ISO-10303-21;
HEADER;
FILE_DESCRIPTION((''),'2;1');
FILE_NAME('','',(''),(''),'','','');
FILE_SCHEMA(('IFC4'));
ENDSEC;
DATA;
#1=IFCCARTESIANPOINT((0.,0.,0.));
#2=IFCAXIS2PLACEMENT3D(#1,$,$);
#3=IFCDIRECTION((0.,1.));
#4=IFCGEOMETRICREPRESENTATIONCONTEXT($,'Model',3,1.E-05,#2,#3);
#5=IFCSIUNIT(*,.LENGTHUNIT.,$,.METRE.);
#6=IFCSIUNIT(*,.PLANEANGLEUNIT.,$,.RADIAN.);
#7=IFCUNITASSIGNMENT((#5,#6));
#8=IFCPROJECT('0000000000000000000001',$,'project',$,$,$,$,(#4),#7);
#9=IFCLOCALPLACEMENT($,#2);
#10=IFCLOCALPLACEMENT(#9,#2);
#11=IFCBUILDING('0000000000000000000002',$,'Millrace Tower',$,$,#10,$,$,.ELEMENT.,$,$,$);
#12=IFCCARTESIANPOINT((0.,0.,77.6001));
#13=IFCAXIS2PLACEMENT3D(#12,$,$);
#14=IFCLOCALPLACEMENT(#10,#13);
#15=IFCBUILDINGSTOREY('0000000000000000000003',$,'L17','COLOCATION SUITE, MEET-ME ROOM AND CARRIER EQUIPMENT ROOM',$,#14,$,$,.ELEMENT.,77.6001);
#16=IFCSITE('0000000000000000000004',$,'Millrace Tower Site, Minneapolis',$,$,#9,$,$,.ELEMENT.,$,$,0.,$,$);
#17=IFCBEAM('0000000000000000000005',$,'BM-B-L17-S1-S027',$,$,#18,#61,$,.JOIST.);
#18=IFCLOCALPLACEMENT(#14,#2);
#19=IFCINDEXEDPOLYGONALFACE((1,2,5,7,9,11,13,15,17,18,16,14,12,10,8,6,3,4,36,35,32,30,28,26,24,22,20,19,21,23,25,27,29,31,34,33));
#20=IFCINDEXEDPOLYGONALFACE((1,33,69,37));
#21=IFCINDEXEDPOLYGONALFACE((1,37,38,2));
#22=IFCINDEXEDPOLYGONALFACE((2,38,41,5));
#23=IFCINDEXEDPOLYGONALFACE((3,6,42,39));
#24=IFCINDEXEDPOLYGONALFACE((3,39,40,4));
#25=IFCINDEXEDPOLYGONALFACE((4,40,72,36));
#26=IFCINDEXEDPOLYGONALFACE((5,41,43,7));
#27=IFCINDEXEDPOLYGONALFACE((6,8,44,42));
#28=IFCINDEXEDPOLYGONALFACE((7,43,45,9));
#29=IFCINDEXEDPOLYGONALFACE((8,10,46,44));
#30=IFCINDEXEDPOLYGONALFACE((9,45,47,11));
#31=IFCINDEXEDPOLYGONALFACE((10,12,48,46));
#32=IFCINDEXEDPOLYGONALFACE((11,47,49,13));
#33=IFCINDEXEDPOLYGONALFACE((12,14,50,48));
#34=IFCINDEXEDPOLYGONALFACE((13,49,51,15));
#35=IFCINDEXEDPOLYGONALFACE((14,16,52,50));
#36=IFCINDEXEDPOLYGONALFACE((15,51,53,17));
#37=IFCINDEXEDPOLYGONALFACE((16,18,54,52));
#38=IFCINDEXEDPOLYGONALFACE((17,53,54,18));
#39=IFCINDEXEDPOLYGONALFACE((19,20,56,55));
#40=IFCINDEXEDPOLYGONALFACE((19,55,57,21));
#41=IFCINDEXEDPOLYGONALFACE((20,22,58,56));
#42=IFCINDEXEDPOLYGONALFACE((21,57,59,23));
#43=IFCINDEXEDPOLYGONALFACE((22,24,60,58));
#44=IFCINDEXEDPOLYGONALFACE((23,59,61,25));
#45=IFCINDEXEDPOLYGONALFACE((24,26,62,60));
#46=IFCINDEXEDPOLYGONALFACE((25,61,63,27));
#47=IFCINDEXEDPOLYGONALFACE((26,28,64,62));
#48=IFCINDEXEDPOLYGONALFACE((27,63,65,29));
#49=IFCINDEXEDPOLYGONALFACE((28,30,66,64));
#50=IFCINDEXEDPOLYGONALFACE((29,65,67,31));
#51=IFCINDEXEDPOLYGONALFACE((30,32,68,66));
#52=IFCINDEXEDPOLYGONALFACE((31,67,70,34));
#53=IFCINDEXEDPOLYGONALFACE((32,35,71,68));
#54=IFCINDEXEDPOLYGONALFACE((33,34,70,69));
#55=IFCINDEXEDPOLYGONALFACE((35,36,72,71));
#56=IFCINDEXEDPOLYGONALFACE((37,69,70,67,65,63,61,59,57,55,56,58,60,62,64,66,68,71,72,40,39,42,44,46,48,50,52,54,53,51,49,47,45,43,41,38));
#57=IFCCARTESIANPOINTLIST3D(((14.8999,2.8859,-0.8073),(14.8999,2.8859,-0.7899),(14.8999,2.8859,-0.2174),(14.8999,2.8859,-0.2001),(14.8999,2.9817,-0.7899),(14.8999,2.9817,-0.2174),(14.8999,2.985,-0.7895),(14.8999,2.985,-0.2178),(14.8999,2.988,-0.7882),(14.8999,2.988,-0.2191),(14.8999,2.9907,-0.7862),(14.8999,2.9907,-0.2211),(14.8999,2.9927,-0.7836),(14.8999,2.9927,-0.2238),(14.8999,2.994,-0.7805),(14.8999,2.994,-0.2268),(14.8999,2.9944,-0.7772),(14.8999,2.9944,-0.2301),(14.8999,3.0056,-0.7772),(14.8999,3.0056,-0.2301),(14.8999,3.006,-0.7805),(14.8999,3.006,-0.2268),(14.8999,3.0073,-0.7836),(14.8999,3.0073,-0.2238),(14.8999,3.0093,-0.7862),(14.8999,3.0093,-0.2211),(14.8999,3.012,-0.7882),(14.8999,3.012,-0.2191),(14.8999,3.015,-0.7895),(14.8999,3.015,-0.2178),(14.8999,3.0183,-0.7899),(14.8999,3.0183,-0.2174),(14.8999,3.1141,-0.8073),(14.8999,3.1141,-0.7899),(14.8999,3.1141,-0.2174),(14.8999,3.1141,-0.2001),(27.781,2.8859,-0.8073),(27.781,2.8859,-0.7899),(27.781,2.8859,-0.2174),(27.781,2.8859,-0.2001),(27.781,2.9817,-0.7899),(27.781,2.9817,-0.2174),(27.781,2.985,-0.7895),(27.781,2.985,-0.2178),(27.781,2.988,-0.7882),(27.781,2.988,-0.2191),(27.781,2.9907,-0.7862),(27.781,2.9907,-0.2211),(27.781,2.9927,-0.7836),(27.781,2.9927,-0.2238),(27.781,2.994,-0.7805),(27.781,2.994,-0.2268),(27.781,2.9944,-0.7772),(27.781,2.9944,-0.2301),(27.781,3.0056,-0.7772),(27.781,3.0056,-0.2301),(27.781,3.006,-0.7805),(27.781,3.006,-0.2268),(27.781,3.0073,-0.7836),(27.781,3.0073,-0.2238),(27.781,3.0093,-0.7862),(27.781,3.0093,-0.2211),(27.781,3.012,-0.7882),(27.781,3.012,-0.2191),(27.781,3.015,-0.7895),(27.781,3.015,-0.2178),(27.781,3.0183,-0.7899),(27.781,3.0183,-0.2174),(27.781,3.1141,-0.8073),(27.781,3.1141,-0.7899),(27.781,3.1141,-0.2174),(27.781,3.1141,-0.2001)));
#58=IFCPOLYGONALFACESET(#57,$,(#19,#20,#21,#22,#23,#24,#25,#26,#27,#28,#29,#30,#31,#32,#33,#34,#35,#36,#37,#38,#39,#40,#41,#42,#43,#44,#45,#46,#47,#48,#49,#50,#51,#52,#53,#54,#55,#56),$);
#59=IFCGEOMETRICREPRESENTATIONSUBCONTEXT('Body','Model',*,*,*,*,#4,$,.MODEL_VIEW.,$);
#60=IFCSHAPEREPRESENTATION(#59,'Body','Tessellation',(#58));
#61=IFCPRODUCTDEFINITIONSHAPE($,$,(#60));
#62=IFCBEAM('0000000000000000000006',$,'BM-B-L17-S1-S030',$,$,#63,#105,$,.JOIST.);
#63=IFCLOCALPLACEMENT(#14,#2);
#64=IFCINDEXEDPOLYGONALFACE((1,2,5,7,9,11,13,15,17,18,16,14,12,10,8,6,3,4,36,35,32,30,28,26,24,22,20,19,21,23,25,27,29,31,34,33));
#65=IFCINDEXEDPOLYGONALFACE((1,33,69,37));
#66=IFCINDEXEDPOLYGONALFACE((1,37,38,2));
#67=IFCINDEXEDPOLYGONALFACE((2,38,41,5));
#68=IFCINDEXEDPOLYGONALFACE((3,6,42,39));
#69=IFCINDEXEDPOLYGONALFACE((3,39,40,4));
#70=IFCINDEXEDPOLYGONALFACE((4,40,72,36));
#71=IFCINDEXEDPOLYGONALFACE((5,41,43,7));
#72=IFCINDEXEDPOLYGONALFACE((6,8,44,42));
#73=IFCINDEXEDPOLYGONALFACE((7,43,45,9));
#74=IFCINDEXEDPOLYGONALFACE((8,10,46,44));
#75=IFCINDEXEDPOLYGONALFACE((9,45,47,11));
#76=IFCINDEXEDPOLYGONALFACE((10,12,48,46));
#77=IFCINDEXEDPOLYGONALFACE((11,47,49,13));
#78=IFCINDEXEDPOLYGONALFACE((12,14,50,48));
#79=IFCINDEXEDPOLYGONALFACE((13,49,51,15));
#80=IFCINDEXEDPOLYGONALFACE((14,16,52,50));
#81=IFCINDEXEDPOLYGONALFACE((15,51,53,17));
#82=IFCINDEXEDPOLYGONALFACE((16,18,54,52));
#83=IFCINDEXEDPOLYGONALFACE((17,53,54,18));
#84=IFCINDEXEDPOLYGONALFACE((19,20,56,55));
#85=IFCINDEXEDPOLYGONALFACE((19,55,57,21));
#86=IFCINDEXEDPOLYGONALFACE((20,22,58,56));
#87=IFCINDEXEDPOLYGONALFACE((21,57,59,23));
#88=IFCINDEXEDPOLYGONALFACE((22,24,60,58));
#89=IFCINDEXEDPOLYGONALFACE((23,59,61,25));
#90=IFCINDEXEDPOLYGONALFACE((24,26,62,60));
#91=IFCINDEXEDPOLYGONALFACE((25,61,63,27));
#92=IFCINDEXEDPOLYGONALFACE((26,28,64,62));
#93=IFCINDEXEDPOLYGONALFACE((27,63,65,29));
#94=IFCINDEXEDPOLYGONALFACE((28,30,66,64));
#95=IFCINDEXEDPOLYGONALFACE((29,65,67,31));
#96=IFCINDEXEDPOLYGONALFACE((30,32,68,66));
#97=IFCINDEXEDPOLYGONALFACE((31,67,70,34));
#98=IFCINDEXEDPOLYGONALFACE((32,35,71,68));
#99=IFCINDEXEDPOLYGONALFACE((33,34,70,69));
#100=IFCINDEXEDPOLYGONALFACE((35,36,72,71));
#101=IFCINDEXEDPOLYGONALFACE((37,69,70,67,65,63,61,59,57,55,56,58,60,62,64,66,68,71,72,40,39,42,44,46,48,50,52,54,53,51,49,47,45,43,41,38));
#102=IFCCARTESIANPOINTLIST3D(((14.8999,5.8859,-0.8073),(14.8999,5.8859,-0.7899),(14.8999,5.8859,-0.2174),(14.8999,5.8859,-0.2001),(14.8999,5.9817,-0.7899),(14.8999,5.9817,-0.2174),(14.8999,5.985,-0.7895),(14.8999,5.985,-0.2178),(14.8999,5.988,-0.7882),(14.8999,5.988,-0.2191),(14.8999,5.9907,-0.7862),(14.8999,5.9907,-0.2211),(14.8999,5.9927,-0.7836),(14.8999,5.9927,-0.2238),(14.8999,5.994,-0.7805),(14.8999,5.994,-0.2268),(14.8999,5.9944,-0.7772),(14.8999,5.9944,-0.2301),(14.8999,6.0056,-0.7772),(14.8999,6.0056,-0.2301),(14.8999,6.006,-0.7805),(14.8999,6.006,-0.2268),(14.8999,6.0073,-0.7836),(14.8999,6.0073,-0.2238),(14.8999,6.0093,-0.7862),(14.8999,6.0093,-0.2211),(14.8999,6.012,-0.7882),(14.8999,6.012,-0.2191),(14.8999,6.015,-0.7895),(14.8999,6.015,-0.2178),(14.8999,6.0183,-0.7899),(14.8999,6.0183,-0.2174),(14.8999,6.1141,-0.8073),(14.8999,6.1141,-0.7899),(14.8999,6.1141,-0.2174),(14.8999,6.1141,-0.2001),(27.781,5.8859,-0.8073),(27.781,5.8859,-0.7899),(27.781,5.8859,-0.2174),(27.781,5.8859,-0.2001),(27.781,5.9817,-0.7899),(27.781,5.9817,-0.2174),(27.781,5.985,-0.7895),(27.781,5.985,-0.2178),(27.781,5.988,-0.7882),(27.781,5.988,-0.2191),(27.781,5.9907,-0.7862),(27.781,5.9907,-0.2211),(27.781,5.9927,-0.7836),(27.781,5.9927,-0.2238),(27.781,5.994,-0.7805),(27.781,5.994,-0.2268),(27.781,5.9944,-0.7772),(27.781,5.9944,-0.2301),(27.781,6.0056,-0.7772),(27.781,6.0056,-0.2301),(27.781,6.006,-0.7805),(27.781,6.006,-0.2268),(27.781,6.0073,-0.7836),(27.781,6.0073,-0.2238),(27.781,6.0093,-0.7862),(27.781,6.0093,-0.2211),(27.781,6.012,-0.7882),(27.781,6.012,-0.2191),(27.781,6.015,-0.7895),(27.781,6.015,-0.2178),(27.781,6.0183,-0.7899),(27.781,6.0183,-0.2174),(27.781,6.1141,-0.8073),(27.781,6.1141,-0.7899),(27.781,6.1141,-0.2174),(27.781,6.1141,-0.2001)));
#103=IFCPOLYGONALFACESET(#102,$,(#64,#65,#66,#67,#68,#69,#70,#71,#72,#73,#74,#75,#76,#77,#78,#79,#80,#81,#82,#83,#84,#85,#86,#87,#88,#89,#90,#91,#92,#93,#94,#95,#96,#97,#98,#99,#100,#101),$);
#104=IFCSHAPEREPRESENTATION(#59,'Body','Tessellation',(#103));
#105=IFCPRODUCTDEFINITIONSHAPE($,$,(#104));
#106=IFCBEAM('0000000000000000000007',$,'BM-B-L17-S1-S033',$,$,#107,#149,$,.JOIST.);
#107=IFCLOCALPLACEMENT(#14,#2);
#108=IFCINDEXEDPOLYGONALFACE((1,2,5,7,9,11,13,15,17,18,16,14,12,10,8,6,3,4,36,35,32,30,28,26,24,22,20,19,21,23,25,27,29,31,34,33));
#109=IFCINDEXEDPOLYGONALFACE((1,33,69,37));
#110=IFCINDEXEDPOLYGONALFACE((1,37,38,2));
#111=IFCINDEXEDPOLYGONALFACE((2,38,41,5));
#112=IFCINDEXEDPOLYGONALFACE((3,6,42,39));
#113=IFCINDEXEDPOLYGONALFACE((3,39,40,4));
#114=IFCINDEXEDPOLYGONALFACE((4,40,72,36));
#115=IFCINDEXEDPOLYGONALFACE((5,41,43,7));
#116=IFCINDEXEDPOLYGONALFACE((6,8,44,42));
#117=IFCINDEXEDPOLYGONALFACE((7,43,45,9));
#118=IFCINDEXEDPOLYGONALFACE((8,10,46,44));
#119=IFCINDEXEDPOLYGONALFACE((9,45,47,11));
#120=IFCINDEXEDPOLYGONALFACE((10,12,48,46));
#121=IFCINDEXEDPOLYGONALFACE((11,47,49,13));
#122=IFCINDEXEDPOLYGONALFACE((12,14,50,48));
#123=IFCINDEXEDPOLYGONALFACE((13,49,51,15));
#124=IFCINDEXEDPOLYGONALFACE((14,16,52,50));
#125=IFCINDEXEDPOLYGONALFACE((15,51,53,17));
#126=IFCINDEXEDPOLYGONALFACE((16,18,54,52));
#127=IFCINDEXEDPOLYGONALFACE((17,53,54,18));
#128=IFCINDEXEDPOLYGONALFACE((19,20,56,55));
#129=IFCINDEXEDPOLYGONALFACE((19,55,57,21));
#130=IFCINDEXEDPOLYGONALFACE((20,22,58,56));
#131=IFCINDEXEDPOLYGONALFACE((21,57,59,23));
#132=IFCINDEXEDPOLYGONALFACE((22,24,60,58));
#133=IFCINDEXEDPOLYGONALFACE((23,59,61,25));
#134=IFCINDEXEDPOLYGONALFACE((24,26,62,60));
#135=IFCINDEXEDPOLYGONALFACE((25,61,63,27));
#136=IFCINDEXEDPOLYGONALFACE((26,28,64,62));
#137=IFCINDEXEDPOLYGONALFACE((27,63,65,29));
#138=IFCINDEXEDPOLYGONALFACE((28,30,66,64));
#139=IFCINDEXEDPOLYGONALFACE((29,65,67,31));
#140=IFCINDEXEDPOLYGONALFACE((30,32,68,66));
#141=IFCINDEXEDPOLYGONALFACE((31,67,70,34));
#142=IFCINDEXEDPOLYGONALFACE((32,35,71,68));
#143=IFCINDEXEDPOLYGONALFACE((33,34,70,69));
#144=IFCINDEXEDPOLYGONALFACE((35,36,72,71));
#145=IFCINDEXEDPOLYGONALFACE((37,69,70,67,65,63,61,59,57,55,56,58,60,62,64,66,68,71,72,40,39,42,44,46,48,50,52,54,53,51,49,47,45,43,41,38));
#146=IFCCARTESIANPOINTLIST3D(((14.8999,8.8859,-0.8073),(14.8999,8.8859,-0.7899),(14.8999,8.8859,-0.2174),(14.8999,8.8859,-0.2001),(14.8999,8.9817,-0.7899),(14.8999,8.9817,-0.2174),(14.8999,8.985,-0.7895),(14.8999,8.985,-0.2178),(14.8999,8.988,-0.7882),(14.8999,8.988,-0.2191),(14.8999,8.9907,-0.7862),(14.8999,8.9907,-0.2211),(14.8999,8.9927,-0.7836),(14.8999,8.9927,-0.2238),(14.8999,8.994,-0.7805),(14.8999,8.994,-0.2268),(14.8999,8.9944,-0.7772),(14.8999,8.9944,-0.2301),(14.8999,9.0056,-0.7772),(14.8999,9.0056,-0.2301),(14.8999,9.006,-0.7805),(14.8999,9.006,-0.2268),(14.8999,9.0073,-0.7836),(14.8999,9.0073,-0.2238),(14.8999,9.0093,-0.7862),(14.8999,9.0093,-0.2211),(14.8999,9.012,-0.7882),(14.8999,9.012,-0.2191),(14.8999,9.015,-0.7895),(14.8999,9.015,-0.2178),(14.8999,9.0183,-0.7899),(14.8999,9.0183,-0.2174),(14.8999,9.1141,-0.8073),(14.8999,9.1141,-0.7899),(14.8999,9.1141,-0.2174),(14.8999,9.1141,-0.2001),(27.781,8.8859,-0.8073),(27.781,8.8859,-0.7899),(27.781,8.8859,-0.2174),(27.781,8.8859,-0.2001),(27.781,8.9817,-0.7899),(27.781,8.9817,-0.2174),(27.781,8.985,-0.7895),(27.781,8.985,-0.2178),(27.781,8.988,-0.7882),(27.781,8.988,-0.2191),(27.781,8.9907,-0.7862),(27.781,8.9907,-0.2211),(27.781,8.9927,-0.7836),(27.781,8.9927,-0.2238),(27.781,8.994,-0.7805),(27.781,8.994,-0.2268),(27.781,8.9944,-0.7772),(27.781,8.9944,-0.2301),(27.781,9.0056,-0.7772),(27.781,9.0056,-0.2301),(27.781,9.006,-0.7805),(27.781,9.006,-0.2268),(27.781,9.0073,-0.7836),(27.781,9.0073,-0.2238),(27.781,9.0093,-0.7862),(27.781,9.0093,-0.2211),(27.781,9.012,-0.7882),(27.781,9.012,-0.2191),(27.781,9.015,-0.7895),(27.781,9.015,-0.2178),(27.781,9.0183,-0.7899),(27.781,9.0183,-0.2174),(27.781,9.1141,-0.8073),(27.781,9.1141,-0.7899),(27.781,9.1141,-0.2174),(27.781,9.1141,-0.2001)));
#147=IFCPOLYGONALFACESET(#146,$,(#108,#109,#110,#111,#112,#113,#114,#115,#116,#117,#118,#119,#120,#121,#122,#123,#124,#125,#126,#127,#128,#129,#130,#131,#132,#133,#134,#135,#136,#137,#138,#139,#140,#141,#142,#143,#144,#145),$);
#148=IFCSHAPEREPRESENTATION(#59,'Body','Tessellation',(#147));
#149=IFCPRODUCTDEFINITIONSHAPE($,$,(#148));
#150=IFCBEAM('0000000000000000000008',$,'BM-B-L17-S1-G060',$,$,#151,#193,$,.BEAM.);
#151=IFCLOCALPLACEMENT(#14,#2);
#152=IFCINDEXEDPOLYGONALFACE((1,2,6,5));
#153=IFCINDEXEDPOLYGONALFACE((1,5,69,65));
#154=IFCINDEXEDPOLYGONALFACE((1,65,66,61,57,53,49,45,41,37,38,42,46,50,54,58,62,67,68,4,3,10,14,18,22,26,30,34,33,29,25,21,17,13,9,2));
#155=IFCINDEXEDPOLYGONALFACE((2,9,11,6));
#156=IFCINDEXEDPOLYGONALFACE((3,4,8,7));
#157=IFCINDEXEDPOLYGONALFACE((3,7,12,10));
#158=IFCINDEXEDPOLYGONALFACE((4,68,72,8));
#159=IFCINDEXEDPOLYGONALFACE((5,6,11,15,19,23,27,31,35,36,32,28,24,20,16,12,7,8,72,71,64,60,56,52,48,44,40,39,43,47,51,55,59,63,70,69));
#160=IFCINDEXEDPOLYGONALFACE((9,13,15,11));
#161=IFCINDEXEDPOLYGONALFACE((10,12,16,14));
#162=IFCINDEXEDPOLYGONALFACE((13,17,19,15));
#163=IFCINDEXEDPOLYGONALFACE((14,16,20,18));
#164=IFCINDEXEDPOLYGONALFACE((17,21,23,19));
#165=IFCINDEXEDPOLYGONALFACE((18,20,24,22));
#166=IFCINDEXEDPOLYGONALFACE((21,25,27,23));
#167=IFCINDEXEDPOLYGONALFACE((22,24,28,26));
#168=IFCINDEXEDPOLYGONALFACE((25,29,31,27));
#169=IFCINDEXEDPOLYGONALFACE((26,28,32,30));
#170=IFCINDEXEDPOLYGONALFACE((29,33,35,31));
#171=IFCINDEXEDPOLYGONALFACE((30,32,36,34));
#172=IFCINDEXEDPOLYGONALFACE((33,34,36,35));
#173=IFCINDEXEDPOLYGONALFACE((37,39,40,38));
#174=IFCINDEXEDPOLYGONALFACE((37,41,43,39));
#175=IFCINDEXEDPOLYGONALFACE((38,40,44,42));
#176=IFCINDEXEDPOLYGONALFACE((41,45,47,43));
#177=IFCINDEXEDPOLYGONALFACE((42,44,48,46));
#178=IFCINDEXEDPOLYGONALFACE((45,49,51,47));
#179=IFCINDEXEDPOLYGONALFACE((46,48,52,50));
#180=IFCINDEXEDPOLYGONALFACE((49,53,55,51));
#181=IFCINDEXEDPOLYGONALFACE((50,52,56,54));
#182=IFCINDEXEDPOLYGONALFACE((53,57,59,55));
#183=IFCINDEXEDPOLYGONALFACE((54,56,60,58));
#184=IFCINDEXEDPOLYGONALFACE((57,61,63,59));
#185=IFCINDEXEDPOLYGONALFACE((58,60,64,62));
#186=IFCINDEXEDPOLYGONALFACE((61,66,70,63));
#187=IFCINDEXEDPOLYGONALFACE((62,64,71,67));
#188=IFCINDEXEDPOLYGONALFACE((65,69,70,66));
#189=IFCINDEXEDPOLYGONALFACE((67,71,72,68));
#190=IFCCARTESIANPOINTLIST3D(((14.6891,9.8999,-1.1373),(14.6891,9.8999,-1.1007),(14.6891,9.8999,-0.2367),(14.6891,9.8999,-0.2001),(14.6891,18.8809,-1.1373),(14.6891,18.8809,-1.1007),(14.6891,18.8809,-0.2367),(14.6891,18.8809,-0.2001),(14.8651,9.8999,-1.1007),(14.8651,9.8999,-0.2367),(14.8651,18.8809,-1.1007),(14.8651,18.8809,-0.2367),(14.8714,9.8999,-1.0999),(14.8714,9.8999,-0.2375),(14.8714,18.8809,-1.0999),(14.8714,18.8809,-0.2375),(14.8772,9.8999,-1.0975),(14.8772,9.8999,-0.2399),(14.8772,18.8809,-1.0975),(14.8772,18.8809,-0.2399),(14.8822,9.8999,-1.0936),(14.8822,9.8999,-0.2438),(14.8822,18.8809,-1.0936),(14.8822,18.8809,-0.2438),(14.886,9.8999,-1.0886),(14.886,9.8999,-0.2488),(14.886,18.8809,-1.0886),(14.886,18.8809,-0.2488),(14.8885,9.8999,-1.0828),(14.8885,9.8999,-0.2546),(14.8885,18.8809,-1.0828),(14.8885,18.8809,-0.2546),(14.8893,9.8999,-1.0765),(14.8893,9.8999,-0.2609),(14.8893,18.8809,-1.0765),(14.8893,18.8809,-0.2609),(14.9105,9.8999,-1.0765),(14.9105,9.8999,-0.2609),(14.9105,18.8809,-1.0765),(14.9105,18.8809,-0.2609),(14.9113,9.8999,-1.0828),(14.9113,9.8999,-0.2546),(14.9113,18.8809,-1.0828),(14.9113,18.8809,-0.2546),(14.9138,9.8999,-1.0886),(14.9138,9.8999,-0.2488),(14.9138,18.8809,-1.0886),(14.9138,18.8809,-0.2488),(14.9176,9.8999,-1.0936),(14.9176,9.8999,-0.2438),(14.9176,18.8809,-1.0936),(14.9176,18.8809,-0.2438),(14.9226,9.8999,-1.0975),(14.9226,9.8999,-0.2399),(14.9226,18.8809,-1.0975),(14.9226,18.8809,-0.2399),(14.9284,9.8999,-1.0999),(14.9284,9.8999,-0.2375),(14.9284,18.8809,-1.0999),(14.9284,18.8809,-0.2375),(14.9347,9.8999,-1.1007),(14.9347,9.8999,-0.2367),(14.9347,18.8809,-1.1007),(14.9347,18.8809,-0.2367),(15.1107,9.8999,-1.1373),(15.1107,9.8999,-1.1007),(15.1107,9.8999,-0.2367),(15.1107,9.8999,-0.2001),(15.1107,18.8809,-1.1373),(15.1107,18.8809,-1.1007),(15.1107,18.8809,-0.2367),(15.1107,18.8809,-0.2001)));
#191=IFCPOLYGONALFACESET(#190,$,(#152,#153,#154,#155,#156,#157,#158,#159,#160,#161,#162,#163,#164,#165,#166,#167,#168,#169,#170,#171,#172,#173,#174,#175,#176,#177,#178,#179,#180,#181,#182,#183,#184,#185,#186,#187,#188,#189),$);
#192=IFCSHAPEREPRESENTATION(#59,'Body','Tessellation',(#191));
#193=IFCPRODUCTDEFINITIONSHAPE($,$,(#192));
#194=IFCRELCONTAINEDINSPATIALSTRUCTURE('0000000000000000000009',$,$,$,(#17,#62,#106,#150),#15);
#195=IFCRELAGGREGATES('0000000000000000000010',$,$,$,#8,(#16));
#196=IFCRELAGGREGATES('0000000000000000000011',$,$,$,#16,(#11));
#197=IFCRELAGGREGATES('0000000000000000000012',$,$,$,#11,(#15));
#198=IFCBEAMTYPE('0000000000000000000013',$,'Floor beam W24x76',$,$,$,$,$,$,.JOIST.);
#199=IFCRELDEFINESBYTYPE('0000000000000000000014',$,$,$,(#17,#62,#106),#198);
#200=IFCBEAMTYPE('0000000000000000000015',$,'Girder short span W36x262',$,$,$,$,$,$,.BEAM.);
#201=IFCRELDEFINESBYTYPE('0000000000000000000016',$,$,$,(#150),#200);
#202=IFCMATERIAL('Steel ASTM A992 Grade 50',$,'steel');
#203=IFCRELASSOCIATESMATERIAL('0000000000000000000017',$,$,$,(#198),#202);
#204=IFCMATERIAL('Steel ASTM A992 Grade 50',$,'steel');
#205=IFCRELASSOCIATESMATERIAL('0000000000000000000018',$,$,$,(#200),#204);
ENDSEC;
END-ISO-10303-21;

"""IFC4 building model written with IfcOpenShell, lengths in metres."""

from ifc_helpers import new_model, si_unit, direction, frame, origin, origin_2d, place, context, subcontext, project, spatial, i_section, extrude, material, material_profile, profile_set, type_object, element, save


model = new_model("IFC4")

# Units and contexts
model_context = context("Model", 3, precision=1e-05, world=origin(), true_north=direction((0.0, 1.0)))
body_context = subcontext(model_context, "Body", "Model", "MODEL_VIEW")
ifc_project = project(units=[si_unit("LENGTHUNIT", "METRE"), si_unit("PLANEANGLEUNIT", "RADIAN")], contexts=[model_context])

# Site, building, storey
site_placement = place(None, origin())
site = spatial("IfcSite", under=ifc_project, at=site_placement, Name="Millrace Tower Site, Minneapolis", CompositionType="ELEMENT", RefElevation=0.0)
building_placement = place(site_placement, origin())
building = spatial("IfcBuilding", under=site, at=building_placement, Name="Millrace Tower", CompositionType="ELEMENT")
storey_placement = place(building_placement, frame((0.0, 0.0, 77.6001)))
storey = spatial("IfcBuildingStorey", under=building, at=storey_placement, Name="L17", Description="COLOCATION SUITE, MEET-ME ROOM AND CARRIER EQUIPMENT ROOM", CompositionType="ELEMENT", Elevation=77.6001)

# Beams
ifc_material_1 = material(Name="Steel ASTM A992 Grade 50", Category="steel")
ifc_material_profile_1 = material_profile(ifc_material_1, i_section(OverallWidth=0.2283, OverallDepth=0.6072, WebThickness=0.0112, FlangeThickness=0.0173, FilletRadius=0.0127, at=origin_2d()))
ifc_profile_set_1 = profile_set([ifc_material_profile_1], Name="Steel ASTM A992 Grade 50")
beam_type_1 = type_object("IfcBeamType", Name="Floor beam W24x76", PredefinedType="JOIST", material=ifc_profile_set_1)
for number, where, z_axis, x_axis, name in (
    (1, (14.8999, 3.0, -0.5037), (1.0, 0.0, 0.0), (0.0, 1.0, 0.0), "BM-B-L17-S1-S027"),
    (2, (14.8999, 6.0, -0.5037), (1.0, 0.0, 0.0), (0.0, 1.0, 0.0), "BM-B-L17-S1-S030"),
    (3, (14.8999, 9.0, -0.5037), (1.0, 0.0, 0.0), (0.0, 1.0, 0.0), "BM-B-L17-S1-S033"),
):
    element("IfcBeam", number, at=place(storey_placement, frame(where, z_axis=z_axis, x_axis=x_axis)), inside=storey, type_object=beam_type_1, Name=name, PredefinedType="JOIST", context=body_context, shape_type="SweptSolid", body=[
        extrude(i_section(OverallWidth=0.2283, OverallDepth=0.6072, WebThickness=0.0112, FlangeThickness=0.0173, FilletRadius=0.0127, at=origin_2d()), origin(), (0.0, 0.0, 1.0), 12.8811),
    ])
ifc_material_2 = material(Name="Steel ASTM A992 Grade 50", Category="steel")
ifc_material_profile_2 = material_profile(ifc_material_2, i_section(OverallWidth=0.4216, OverallDepth=0.9373, WebThickness=0.0212, FlangeThickness=0.0366, FilletRadius=0.0242, at=origin_2d()))
ifc_profile_set_2 = profile_set([ifc_material_profile_2], Name="Steel ASTM A992 Grade 50")
beam_type_2 = type_object("IfcBeamType", Name="Girder short span W36x262", PredefinedType="BEAM", material=ifc_profile_set_2)
beam_1_placement = place(storey_placement, frame((14.8999, 9.8999, -0.6687), z_axis=(0.0, 1.0, 0.0), x_axis=(-1.0, 0.0, 0.0)))
element("IfcBeam", 4, at=beam_1_placement, inside=storey, type_object=beam_type_2, Name="BM-B-L17-S1-G060", PredefinedType="BEAM", context=body_context, shape_type="SweptSolid", body=[
    extrude(i_section(OverallWidth=0.4216, OverallDepth=0.9373, WebThickness=0.0212, FlangeThickness=0.0366, FilletRadius=0.0242, at=origin_2d()), origin(), (0.0, 0.0, 1.0), 8.981),
])

save(model, "model.ifc")
